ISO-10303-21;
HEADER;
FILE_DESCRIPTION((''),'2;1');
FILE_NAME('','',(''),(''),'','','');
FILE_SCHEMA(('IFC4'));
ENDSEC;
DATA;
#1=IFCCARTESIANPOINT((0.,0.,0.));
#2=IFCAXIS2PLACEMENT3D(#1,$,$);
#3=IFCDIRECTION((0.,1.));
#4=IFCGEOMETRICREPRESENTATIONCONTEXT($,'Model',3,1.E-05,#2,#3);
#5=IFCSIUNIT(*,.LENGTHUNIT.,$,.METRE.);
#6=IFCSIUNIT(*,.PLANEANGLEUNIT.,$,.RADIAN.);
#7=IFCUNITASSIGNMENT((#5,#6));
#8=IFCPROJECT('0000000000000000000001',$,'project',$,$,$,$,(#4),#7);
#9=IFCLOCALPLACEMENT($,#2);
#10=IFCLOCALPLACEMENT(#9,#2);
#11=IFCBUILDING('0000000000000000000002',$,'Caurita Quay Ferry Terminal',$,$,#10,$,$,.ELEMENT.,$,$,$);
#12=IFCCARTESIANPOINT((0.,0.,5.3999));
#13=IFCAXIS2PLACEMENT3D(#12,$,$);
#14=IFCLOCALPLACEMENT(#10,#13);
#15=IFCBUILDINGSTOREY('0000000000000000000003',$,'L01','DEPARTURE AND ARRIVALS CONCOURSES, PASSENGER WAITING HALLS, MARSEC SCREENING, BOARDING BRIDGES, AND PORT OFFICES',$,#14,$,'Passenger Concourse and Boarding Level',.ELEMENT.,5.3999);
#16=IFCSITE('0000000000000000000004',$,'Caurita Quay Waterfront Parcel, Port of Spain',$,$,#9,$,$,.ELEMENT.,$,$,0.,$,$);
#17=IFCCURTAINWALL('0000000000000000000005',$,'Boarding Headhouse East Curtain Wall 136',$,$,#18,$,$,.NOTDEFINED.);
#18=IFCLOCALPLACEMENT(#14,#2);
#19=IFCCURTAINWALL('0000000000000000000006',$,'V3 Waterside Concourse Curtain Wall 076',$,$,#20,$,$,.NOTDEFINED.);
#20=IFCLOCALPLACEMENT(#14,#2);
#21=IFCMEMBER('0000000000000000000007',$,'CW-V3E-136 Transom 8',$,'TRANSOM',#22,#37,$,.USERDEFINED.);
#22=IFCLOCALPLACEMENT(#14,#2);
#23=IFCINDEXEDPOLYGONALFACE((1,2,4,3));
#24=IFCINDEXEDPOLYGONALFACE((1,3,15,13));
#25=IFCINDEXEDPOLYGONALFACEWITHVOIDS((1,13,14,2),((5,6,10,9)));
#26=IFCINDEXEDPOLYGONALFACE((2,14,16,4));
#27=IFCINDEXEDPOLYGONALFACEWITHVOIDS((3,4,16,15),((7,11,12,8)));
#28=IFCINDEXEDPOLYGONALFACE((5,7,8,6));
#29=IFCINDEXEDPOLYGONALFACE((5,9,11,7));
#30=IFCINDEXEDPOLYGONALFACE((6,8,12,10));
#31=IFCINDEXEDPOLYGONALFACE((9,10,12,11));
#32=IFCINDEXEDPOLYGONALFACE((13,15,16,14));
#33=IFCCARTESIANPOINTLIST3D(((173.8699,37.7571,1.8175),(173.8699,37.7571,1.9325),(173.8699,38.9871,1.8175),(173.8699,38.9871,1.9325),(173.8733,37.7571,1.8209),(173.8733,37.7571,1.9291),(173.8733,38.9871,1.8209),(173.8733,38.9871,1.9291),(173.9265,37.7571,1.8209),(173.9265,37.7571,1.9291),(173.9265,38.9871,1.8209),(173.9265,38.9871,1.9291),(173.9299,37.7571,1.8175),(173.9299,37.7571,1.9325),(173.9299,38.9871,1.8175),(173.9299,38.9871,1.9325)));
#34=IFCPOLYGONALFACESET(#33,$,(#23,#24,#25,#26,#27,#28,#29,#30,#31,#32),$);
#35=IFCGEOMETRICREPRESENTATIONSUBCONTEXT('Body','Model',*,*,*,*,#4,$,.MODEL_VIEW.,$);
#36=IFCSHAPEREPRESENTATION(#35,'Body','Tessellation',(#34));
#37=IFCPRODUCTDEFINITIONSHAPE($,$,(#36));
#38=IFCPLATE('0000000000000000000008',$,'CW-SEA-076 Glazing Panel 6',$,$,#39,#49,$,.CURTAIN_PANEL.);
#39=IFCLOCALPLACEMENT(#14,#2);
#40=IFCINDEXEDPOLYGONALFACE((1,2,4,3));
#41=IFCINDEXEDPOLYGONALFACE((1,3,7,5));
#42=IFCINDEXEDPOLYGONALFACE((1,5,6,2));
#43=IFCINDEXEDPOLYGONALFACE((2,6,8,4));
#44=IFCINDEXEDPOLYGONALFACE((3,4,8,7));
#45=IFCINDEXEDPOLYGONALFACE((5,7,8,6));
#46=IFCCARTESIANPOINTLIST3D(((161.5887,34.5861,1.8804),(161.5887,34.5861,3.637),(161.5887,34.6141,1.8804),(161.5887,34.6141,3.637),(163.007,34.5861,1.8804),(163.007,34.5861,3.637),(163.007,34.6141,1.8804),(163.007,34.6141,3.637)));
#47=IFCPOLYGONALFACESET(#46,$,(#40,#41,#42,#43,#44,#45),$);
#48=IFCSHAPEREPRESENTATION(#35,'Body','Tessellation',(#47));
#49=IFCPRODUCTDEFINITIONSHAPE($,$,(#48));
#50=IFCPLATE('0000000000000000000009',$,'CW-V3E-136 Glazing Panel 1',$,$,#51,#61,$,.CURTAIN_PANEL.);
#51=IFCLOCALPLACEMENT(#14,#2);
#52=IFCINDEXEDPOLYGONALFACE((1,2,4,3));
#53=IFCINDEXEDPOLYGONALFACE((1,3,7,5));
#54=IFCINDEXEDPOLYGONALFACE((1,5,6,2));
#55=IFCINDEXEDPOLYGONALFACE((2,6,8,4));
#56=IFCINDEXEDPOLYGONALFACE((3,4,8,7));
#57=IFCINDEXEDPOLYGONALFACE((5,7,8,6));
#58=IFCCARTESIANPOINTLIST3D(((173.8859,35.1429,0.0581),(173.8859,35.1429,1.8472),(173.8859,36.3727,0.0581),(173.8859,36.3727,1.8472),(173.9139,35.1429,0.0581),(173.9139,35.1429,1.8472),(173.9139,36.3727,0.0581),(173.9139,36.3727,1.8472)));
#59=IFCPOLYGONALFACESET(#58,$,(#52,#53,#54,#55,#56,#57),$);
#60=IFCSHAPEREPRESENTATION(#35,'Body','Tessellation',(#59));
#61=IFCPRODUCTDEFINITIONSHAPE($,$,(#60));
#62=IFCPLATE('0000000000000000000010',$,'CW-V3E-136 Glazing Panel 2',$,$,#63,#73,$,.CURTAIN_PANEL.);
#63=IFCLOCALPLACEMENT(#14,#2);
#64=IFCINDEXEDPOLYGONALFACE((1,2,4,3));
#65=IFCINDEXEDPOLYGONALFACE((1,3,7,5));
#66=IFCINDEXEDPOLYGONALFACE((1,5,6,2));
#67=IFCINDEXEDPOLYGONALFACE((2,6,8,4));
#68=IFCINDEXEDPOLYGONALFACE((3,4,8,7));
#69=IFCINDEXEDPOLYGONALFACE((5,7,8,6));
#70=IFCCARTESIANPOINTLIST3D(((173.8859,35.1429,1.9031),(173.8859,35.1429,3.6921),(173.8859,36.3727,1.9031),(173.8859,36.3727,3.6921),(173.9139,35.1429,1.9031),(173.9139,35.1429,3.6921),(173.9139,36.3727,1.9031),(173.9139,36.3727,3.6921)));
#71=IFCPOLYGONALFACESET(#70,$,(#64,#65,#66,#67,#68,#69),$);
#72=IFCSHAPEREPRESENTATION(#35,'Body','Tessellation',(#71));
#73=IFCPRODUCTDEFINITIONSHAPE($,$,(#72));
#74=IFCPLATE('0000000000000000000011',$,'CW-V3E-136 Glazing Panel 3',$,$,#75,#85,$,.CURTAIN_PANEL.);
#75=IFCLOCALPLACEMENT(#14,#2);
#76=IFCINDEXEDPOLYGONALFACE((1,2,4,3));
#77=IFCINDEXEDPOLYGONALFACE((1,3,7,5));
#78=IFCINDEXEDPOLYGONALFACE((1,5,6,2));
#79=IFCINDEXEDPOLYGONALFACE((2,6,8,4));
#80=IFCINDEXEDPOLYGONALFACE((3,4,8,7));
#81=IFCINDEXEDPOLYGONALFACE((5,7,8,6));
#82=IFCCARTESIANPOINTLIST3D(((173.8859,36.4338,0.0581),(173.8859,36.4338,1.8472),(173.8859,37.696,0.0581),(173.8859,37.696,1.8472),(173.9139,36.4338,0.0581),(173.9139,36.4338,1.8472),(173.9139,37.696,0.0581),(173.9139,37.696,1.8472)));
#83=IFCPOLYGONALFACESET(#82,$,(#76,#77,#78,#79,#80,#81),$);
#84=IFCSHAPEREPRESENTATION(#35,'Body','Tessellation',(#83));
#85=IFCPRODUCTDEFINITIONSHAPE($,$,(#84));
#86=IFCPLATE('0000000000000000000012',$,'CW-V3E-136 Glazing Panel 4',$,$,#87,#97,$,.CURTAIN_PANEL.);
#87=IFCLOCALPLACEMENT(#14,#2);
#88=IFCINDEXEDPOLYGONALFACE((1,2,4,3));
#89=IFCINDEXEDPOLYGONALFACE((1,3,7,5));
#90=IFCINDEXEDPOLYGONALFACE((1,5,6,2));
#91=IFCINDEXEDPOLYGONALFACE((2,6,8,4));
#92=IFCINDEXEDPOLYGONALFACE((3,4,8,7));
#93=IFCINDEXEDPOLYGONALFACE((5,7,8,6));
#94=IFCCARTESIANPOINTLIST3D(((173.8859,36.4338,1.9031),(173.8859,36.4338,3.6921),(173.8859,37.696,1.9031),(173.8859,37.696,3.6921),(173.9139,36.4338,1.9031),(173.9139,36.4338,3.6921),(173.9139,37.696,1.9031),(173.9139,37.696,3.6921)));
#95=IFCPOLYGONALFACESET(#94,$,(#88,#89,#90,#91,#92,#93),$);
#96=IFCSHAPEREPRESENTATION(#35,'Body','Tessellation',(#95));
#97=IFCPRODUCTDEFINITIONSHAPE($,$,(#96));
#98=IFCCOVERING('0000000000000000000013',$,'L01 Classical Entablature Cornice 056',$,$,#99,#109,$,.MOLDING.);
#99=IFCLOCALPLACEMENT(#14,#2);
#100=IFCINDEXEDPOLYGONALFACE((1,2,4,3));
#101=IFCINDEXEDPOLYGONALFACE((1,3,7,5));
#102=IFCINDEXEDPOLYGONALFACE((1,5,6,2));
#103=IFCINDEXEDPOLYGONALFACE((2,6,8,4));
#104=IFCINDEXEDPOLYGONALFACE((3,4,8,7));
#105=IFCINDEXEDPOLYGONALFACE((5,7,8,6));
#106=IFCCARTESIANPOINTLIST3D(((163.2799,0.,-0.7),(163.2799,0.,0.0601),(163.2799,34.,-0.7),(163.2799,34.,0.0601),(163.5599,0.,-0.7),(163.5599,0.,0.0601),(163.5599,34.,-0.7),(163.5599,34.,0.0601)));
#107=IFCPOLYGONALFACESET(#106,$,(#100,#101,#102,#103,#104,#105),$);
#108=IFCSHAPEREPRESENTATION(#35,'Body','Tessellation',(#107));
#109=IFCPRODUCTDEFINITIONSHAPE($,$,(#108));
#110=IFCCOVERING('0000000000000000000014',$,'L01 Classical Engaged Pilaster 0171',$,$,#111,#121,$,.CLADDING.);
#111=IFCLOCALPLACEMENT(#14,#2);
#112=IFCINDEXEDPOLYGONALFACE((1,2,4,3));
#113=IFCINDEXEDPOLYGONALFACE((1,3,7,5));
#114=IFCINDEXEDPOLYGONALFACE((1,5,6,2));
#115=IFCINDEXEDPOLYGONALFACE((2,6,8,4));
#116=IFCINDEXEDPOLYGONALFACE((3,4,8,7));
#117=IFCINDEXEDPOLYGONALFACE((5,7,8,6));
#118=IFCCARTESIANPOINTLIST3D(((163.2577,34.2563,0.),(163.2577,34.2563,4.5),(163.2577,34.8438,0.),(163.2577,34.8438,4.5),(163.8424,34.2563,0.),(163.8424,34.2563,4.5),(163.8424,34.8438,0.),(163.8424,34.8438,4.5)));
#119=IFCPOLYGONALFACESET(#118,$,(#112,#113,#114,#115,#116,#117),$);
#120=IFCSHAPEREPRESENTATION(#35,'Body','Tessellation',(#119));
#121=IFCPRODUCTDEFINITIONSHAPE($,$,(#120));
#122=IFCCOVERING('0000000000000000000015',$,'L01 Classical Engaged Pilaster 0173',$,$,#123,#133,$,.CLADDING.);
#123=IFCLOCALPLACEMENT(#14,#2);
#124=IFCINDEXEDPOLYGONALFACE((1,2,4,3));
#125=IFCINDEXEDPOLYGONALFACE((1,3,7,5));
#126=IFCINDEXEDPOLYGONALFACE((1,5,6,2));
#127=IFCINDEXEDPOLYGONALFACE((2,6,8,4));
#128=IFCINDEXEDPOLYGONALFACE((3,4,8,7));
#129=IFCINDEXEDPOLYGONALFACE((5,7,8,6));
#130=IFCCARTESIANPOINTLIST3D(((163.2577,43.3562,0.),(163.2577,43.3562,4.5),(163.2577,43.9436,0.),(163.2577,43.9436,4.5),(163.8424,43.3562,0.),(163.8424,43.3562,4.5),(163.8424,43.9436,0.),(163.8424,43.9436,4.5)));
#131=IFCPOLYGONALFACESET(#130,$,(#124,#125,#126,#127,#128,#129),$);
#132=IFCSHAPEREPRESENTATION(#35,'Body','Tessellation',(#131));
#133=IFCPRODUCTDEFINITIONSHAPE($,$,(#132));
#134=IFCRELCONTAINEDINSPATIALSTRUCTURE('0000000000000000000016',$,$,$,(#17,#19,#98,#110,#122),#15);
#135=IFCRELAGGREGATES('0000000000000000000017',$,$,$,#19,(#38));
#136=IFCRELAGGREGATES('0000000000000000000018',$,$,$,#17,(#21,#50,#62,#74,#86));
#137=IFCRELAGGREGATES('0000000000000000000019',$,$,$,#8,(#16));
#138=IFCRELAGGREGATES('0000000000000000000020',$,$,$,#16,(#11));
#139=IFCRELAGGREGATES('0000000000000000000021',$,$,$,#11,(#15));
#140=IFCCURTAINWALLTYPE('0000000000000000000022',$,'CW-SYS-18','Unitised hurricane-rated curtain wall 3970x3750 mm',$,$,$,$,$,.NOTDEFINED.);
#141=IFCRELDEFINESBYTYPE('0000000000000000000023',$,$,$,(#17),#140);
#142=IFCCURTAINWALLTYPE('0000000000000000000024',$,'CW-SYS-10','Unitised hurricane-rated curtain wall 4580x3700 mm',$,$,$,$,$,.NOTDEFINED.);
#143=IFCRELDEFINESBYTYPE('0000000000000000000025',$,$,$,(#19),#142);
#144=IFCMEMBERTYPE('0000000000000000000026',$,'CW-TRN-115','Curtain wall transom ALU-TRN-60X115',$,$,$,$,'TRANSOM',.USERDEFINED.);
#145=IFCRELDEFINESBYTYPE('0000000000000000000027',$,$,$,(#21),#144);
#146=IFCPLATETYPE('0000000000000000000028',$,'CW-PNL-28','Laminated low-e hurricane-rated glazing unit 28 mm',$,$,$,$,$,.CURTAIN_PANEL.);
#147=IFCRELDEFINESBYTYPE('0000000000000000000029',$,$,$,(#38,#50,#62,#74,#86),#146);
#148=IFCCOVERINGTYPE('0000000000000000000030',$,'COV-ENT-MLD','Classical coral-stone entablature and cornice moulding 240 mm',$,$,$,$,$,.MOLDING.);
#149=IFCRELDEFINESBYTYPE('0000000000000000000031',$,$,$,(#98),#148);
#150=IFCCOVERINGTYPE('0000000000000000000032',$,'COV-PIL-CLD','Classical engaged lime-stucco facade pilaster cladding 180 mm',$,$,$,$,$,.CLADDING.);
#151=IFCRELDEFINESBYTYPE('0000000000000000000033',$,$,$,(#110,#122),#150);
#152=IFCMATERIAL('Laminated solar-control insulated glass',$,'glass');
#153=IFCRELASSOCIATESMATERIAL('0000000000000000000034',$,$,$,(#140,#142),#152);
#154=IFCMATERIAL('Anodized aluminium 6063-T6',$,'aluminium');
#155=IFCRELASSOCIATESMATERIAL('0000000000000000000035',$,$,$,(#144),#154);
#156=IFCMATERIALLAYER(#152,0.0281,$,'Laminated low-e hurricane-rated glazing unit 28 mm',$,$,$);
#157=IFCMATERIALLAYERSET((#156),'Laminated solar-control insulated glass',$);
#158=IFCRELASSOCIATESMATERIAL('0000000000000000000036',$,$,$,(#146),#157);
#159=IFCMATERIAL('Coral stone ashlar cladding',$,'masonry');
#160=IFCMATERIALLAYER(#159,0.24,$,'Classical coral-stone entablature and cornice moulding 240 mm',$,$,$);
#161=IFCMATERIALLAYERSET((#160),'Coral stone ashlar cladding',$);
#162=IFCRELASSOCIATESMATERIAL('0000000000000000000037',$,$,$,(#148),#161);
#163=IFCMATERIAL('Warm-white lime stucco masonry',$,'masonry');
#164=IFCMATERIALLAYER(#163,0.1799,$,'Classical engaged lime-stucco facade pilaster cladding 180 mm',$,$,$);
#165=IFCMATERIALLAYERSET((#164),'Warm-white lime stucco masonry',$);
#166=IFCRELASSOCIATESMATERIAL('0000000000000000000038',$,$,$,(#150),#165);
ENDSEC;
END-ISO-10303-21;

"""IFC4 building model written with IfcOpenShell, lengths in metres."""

from ifc_helpers import new_model, si_unit, direction, frame, frame_2d, origin, origin_2d, place, context, subcontext, project, spatial, rectangle, hollow_rectangle, extrude, material, layer, layer_set, material_profile, profile_set, type_object, element, aggregate, save


model = new_model("IFC4")

# Units and contexts
model_context = context("Model", 3, precision=1e-05, world=origin(), true_north=direction((0.0, 1.0)))
body_context = subcontext(model_context, "Body", "Model", "MODEL_VIEW")
ifc_project = project(units=[si_unit("LENGTHUNIT", "METRE"), si_unit("PLANEANGLEUNIT", "RADIAN")], contexts=[model_context])

# Site, building, storey
site_placement = place(None, origin())
site = spatial("IfcSite", under=ifc_project, at=site_placement, Name="Caurita Quay Waterfront Parcel, Port of Spain", CompositionType="ELEMENT", RefElevation=0.0)
building_placement = place(site_placement, origin())
building = spatial("IfcBuilding", under=site, at=building_placement, Name="Caurita Quay Ferry Terminal", CompositionType="ELEMENT")
storey_placement = place(building_placement, frame((0.0, 0.0, 5.3999)))
storey = spatial("IfcBuildingStorey", under=building, at=storey_placement, Name="L01", Description="DEPARTURE AND ARRIVALS CONCOURSES, PASSENGER WAITING HALLS, MARSEC SCREENING, BOARDING BRIDGES, AND PORT OFFICES", LongName="Passenger Concourse and Boarding Level", CompositionType="ELEMENT", Elevation=5.3999)

# Curtain wall
ifc_material_1 = material(Name="Laminated solar-control insulated glass", Category="glass")
curtain_wall_type_1 = type_object("IfcCurtainWallType", Name="CW-SYS-18", Description="Unitised hurricane-rated curtain wall 3970x3750 mm", PredefinedType="NOTDEFINED", material=ifc_material_1)
curtain_wall_1_placement = place(storey_placement, origin())
curtain_wall_1 = element("IfcCurtainWall", 1, at=curtain_wall_1_placement, inside=storey, type_object=curtain_wall_type_1, Name="Boarding Headhouse East Curtain Wall 136", PredefinedType="NOTDEFINED")
ifc_material_2 = material(Name="Anodized aluminium 6063-T6", Category="aluminium")

# Curtain wall
curtain_wall_type_2 = type_object("IfcCurtainWallType", Name="CW-SYS-10", Description="Unitised hurricane-rated curtain wall 4580x3700 mm", PredefinedType="NOTDEFINED", material=ifc_material_1)
curtain_wall_2_placement = place(storey_placement, origin())
curtain_wall_2 = element("IfcCurtainWall", 2, at=curtain_wall_2_placement, inside=storey, type_object=curtain_wall_type_2, Name="V3 Waterside Concourse Curtain Wall 076", PredefinedType="NOTDEFINED")

# Member
ifc_material_profile_1 = material_profile(ifc_material_2, hollow_rectangle(XDim=0.0601, YDim=0.115, WallThickness=0.0034, at=origin_2d()), Name="ALU-TRN-60X115")
ifc_profile_set_1 = profile_set([ifc_material_profile_1], Name="Anodized aluminium 6063-T6")
member_type_1 = type_object("IfcMemberType", Name="CW-TRN-115", Description="Curtain wall transom ALU-TRN-60X115", ElementType="TRANSOM", PredefinedType="USERDEFINED", material=ifc_profile_set_1)
member_1_placement = place(storey_placement, frame((173.8999, 37.7571, 1.875), z_axis=(0.0, 1.0, 0.0), x_axis=(-1.0, 0.0, 0.0)))
member_1 = element("IfcMember", 3, at=member_1_placement, type_object=member_type_1, Name="CW-V3E-136 Transom 8", ObjectType="TRANSOM", PredefinedType="USERDEFINED", context=body_context, shape_type="SweptSolid", body=[
    extrude(hollow_rectangle(XDim=0.0601, YDim=0.115, WallThickness=0.0034, at=origin_2d()), origin(), (0.0, 0.0, 1.0), 1.23),
])

# Plates
ifc_layer_1 = layer(ifc_material_1, 0.0281, Name="Laminated low-e hurricane-rated glazing unit 28 mm")
ifc_layer_set_1 = layer_set([ifc_layer_1], Name="Laminated solar-control insulated glass")
plate_type = type_object("IfcPlateType", Name="CW-PNL-28", Description="Laminated low-e hurricane-rated glazing unit 28 mm", PredefinedType="CURTAIN_PANEL", material=ifc_layer_set_1)
plate_1_placement = place(storey_placement, frame((162.2979, 34.6001, 1.8804), z_axis=(0.0, 0.0, 1.0), x_axis=(1.0, 0.0, 0.0)))
plate_1 = element("IfcPlate", 4, at=plate_1_placement, type_object=plate_type, Name="CW-SEA-076 Glazing Panel 6", PredefinedType="CURTAIN_PANEL", context=body_context, shape_type="SweptSolid", body=[
    extrude(rectangle(XDim=1.4182, YDim=0.0281, at=origin_2d()), origin(), (0.0, 0.0, 1.0), 1.7566),
])
aggregate(curtain_wall_2, [plate_1])
plate_2_placement = place(storey_placement, frame((173.8999, 35.7578, 0.0581), z_axis=(0.0, 0.0, 1.0), x_axis=(0.0, 1.0, 0.0)))
plate_2 = element("IfcPlate", 5, at=plate_2_placement, type_object=plate_type, Name="CW-V3E-136 Glazing Panel 1", PredefinedType="CURTAIN_PANEL", context=body_context, shape_type="SweptSolid", body=[
    extrude(rectangle(XDim=1.2297, YDim=0.0281, at=origin_2d()), origin(), (0.0, 0.0, 1.0), 1.7891),
])
plate_3_placement = place(storey_placement, frame((173.8999, 35.7578, 1.9031), z_axis=(0.0, 0.0, 1.0), x_axis=(0.0, 1.0, 0.0)))
plate_3 = element("IfcPlate", 6, at=plate_3_placement, type_object=plate_type, Name="CW-V3E-136 Glazing Panel 2", PredefinedType="CURTAIN_PANEL", context=body_context, shape_type="SweptSolid", body=[
    extrude(rectangle(XDim=1.2297, YDim=0.0281, at=origin_2d()), origin(), (0.0, 0.0, 1.0), 1.7891),
])
plate_4_placement = place(storey_placement, frame((173.8999, 37.0649, 0.0581), z_axis=(0.0, 0.0, 1.0), x_axis=(0.0, 1.0, 0.0)))
plate_4 = element("IfcPlate", 7, at=plate_4_placement, type_object=plate_type, Name="CW-V3E-136 Glazing Panel 3", PredefinedType="CURTAIN_PANEL", context=body_context, shape_type="SweptSolid", body=[
    extrude(rectangle(XDim=1.2622, YDim=0.0281, at=origin_2d()), origin(), (0.0, 0.0, 1.0), 1.7891),
])
plate_5_placement = place(storey_placement, frame((173.8999, 37.0649, 1.9031), z_axis=(0.0, 0.0, 1.0), x_axis=(0.0, 1.0, 0.0)))
plate_5 = element("IfcPlate", 8, at=plate_5_placement, type_object=plate_type, Name="CW-V3E-136 Glazing Panel 4", PredefinedType="CURTAIN_PANEL", context=body_context, shape_type="SweptSolid", body=[
    extrude(rectangle(XDim=1.2622, YDim=0.0281, at=origin_2d()), origin(), (0.0, 0.0, 1.0), 1.7891),
])
aggregate(curtain_wall_1, [member_1, plate_2, plate_3, plate_4, plate_5])

# Coverings
ifc_material_3 = material(Name="Coral stone ashlar cladding", Category="masonry")
ifc_layer_2 = layer(ifc_material_3, 0.24, Name="Classical coral-stone entablature and cornice moulding 240 mm")
ifc_layer_set_2 = layer_set([ifc_layer_2], Name="Coral stone ashlar cladding")
covering_type_1 = type_object("IfcCoveringType", Name="COV-ENT-MLD", Description="Classical coral-stone entablature and cornice moulding 240 mm", PredefinedType="MOLDING", material=ifc_layer_set_2)
covering_placement = place(storey_placement, frame((163.4199, 34.0, -0.7), z_axis=(0.0, 0.0, 1.0), x_axis=(0.0, -1.0, 0.0)))
element("IfcCovering", 9, at=covering_placement, inside=storey, type_object=covering_type_1, Name="L01 Classical Entablature Cornice 056", PredefinedType="MOLDING", context=body_context, shape_type="SweptSolid", body=[
    extrude(rectangle(XDim=34.0, YDim=0.28, at=frame_2d((17.0, 0.0))), origin(), (0.0, 0.0, 1.0), 0.76),
])
ifc_material_4 = material(Name="Warm-white lime stucco masonry", Category="masonry")
ifc_layer_3 = layer(ifc_material_4, 0.1799, Name="Classical engaged lime-stucco facade pilaster cladding 180 mm")
ifc_layer_set_3 = layer_set([ifc_layer_3], Name="Warm-white lime stucco masonry")
covering_type_2 = type_object("IfcCoveringType", Name="COV-PIL-CLD", Description="Classical engaged lime-stucco facade pilaster cladding 180 mm", PredefinedType="CLADDING", material=ifc_layer_set_3)
for number, where, z_axis, x_axis, name in (
    (10, (163.55, 34.55, 0.0), (0.0, 0.0, 1.0), (1.0, 0.0, 0.0), "L01 Classical Engaged Pilaster 0171"),
    (11, (163.55, 43.6499, 0.0), (0.0, 0.0, 1.0), (1.0, 0.0, 0.0), "L01 Classical Engaged Pilaster 0173"),
):
    element("IfcCovering", number, at=place(storey_placement, frame(where, z_axis=z_axis, x_axis=x_axis)), inside=storey, type_object=covering_type_2, Name=name, PredefinedType="CLADDING", context=body_context, shape_type="SweptSolid", body=[
        extrude(rectangle(XDim=0.5847, YDim=0.5874, at=origin_2d()), origin(), (0.0, 0.0, 1.0), 4.5),
    ])

save(model, "model.ifc")
